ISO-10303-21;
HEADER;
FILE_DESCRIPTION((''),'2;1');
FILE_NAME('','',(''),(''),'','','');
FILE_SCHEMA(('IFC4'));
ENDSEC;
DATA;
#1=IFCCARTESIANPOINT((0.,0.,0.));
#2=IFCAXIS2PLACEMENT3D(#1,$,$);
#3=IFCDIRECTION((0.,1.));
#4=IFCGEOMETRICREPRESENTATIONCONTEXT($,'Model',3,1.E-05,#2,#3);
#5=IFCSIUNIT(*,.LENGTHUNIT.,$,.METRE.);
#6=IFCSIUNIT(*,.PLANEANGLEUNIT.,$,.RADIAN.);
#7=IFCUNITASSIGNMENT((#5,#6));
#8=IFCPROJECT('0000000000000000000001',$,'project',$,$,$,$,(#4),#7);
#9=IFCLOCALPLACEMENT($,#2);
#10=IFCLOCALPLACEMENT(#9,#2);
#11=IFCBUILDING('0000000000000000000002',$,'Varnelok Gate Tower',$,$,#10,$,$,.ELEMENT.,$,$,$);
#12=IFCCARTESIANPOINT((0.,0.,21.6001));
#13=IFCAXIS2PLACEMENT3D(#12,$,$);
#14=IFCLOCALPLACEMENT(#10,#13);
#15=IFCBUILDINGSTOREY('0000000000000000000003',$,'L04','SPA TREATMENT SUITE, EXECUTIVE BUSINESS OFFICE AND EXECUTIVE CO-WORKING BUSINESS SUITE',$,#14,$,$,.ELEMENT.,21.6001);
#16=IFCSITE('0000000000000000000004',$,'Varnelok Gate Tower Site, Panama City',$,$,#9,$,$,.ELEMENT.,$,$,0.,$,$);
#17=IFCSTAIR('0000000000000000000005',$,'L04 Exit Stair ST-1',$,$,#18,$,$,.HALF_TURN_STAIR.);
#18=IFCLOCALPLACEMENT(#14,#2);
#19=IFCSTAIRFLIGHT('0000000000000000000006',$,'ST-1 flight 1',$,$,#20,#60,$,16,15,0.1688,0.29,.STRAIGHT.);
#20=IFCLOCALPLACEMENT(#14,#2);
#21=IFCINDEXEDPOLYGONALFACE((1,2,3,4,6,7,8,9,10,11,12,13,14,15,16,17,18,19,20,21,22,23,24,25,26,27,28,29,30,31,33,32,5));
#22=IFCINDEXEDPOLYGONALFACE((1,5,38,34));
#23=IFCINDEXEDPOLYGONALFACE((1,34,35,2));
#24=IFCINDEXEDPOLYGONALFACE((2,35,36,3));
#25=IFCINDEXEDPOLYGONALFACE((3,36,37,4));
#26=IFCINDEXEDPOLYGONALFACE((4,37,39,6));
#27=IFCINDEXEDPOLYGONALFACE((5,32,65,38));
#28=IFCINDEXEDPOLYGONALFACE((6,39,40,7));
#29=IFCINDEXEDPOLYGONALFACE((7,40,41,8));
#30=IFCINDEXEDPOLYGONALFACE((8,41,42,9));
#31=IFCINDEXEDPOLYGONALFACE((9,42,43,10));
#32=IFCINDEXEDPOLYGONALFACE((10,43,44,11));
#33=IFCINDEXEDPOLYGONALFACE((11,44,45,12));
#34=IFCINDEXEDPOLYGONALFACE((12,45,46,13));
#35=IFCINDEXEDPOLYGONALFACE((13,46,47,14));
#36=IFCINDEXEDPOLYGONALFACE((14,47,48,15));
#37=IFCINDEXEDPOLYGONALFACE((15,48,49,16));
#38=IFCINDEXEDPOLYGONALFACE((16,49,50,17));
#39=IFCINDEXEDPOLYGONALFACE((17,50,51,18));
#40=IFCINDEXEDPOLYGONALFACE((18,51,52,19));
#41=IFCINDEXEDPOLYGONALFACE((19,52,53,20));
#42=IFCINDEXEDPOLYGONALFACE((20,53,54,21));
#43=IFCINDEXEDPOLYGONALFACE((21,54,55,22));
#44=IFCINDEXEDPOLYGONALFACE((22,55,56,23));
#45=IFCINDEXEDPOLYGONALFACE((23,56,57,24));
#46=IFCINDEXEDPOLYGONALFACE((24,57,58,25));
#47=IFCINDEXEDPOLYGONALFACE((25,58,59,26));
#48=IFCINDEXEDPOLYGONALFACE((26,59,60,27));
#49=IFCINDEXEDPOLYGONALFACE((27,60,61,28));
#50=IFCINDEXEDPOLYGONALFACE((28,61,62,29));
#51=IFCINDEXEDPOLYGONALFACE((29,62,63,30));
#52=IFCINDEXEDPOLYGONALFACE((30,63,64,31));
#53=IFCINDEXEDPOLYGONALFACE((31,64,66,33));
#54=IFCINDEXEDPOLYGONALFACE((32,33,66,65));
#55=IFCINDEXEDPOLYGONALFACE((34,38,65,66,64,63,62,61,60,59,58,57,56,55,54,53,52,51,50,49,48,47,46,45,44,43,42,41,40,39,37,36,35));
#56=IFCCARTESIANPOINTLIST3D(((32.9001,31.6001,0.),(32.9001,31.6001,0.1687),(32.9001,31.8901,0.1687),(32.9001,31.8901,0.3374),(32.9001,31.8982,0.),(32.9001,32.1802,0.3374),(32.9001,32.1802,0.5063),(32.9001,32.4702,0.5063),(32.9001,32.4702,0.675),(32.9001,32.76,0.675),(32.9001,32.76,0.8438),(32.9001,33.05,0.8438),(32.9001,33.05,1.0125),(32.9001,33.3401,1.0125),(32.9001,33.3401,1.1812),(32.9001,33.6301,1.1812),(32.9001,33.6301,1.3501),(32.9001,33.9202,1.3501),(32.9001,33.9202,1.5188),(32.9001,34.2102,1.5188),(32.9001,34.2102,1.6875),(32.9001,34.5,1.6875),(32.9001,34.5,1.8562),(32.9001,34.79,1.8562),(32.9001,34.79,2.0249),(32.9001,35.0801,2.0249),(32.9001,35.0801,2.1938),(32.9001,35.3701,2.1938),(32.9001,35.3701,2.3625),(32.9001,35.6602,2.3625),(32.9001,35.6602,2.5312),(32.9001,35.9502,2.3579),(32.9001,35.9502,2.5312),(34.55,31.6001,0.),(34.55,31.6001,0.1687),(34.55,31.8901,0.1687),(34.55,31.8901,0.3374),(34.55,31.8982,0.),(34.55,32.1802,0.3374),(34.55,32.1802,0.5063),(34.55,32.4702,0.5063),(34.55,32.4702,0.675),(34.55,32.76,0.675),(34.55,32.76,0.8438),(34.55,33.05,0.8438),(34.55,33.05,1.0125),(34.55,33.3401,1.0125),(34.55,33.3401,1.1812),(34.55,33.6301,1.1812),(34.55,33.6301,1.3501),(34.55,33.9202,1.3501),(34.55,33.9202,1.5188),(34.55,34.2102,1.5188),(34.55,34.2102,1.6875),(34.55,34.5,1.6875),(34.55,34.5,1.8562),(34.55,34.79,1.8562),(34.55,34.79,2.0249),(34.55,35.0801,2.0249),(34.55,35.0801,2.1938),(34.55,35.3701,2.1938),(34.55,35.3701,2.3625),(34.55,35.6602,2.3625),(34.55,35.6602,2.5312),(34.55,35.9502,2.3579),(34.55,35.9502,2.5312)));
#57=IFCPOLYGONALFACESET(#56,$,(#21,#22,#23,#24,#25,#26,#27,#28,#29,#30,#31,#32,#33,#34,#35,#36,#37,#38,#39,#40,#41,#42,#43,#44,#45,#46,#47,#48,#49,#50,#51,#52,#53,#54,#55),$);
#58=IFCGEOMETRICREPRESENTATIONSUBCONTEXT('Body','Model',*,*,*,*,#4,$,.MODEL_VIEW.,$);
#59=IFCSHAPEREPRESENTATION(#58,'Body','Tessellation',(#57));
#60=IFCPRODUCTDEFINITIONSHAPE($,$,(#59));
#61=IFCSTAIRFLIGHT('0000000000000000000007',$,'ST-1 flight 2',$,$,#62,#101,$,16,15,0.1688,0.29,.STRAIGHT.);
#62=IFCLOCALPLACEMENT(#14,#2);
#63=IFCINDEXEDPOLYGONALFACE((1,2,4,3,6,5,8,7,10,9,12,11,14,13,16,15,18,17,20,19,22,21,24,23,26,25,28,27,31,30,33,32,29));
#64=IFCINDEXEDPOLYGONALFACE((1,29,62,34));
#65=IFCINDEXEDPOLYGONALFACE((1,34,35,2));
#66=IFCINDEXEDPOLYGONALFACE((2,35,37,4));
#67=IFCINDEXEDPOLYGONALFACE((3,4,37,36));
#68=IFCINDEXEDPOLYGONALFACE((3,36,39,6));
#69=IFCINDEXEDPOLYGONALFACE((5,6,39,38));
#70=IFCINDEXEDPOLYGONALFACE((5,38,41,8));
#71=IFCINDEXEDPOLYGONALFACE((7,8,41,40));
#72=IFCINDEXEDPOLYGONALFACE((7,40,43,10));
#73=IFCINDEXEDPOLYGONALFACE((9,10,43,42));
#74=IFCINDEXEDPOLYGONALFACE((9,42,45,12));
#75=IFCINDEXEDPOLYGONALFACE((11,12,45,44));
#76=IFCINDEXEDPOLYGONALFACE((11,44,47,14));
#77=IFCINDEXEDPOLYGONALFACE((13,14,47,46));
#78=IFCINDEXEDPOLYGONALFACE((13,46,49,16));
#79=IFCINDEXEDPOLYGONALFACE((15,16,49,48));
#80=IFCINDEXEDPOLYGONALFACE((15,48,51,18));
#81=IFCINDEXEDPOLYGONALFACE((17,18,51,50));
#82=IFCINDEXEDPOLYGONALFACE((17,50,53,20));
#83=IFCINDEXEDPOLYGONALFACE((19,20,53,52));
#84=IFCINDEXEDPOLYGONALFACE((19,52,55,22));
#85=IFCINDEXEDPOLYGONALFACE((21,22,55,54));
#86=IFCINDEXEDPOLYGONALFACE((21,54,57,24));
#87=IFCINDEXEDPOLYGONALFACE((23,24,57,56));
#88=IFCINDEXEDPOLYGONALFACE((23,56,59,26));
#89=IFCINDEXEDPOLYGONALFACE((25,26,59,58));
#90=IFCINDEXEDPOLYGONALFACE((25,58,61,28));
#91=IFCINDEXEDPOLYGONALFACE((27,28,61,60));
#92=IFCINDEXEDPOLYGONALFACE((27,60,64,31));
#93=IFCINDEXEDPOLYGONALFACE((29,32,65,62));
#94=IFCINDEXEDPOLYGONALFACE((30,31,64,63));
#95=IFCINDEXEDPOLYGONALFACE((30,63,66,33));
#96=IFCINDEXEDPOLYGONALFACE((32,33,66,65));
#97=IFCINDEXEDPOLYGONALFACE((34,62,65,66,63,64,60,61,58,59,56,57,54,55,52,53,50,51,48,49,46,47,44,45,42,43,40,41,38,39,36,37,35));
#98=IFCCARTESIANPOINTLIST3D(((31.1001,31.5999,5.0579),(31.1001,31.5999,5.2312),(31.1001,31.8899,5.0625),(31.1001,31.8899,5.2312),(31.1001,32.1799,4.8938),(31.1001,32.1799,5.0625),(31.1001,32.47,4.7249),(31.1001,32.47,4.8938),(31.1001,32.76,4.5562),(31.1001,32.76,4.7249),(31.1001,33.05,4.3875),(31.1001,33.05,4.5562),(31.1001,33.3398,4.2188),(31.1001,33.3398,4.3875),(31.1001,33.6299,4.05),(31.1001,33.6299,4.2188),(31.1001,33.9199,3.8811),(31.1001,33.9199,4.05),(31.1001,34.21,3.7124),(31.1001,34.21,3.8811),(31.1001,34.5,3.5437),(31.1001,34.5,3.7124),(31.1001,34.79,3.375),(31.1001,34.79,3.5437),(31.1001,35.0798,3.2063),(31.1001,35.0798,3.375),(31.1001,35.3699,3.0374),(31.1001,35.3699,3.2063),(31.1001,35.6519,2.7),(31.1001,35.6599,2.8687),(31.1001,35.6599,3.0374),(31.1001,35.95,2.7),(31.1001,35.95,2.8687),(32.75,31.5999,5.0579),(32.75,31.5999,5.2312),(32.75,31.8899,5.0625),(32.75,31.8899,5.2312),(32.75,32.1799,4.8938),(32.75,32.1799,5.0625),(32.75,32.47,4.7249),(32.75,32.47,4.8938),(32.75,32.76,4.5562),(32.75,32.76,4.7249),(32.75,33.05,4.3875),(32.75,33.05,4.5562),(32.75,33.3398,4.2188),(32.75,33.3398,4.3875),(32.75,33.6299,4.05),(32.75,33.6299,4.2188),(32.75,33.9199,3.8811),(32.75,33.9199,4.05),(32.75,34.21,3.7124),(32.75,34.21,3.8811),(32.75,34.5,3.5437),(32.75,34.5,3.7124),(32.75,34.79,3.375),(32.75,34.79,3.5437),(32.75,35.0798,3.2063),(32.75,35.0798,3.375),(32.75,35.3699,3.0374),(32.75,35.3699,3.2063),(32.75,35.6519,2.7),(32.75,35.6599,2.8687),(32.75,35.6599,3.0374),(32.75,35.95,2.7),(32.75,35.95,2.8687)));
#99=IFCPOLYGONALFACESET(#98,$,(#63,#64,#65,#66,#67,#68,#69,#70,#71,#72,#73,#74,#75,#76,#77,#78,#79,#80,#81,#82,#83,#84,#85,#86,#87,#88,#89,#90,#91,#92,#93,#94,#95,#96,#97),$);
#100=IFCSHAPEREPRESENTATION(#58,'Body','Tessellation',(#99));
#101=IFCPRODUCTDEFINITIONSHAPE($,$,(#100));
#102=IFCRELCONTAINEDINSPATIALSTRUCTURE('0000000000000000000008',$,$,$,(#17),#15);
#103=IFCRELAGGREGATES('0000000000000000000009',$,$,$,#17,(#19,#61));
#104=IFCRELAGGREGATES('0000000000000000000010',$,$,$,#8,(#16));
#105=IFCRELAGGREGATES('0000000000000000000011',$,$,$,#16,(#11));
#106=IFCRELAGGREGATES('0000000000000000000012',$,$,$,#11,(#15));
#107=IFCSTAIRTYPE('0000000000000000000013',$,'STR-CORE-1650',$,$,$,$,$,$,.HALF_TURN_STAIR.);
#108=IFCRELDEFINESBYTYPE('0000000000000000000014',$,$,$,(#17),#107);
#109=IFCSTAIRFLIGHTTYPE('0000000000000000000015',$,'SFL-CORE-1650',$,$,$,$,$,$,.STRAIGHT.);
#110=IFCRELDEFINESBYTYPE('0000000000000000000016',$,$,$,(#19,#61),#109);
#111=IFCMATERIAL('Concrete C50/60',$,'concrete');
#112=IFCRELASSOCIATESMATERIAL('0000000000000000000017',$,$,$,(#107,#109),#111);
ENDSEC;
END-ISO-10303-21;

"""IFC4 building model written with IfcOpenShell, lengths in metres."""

from ifc_helpers import new_model, si_unit, direction, frame, origin, place, context, subcontext, project, spatial, polyline, outline, extrude, material, type_object, element, aggregate, save


model = new_model("IFC4")

# Units and contexts
model_context = context("Model", 3, precision=1e-05, world=origin(), true_north=direction((0.0, 1.0)))
body_context = subcontext(model_context, "Body", "Model", "MODEL_VIEW")
ifc_project = project(units=[si_unit("LENGTHUNIT", "METRE"), si_unit("PLANEANGLEUNIT", "RADIAN")], contexts=[model_context])

# Site, building, storey
site_placement = place(None, origin())
site = spatial("IfcSite", under=ifc_project, at=site_placement, Name="Varnelok Gate Tower Site, Panama City", CompositionType="ELEMENT", RefElevation=0.0)
building_placement = place(site_placement, origin())
building = spatial("IfcBuilding", under=site, at=building_placement, Name="Varnelok Gate Tower", CompositionType="ELEMENT")
storey_placement = place(building_placement, frame((0.0, 0.0, 21.6001)))
storey = spatial("IfcBuildingStorey", under=building, at=storey_placement, Name="L04", Description="SPA TREATMENT SUITE, EXECUTIVE BUSINESS OFFICE AND EXECUTIVE CO-WORKING BUSINESS SUITE", CompositionType="ELEMENT", Elevation=21.6001)

# Stair, stair flights
ifc_material_1 = material(Name="Concrete C50/60", Category="concrete")
stair_type = type_object("IfcStairType", Name="STR-CORE-1650", PredefinedType="HALF_TURN_STAIR", material=ifc_material_1)
stair_placement = place(storey_placement, origin())
stair = element("IfcStair", 1, at=stair_placement, inside=storey, type_object=stair_type, Name="L04 Exit Stair ST-1", PredefinedType="HALF_TURN_STAIR")
stair_flight_type = type_object("IfcStairFlightType", Name="SFL-CORE-1650", PredefinedType="STRAIGHT", material=ifc_material_1)
stair_flight_1_placement = place(storey_placement, frame((33.7251, 31.6001, 0.0), z_axis=(0.0, 0.0, 1.0), x_axis=(0.0, 1.0, 0.0)))
stair_flight_1 = element("IfcStairFlight", 2, at=stair_flight_1_placement, type_object=stair_flight_type, Name="ST-1 flight 1", NumberOfRisers=16, NumberOfTreads=15, PredefinedType="STRAIGHT", RiserHeight=0.1688, TreadLength=0.29, context=body_context, shape_type="SweptSolid", body=[
    extrude(outline(polyline([(0.0, 0.0), (0.0, 0.1687), (0.29, 0.1687), (0.29, 0.3374), (0.5801, 0.3374), (0.5801, 0.5063), (0.8701, 0.5063), (0.8701, 0.675), (1.1599, 0.675), (1.1599, 0.8438), (1.45, 0.8438), (1.45, 1.0125), (1.74, 1.0125), (1.74, 1.1812), (2.03, 1.1812), (2.03, 1.3501), (2.3201, 1.3501), (2.3201, 1.5188), (2.6101, 1.5188), (2.6101, 1.6875), (2.8999, 1.6875), (2.8999, 1.8562), (3.1899, 1.8562), (3.1899, 2.0249), (3.48, 2.0249), (3.48, 2.1938), (3.77, 2.1938), (3.77, 2.3625), (4.0601, 2.3625), (4.0601, 2.5312), (4.3501, 2.5312), (4.3501, 2.7), (4.3501, 2.3579), (0.2981, 0.0), (0.0, 0.0)])), frame((0.0, 0.825, 0.0), z_axis=(0.0, -1.0, 0.0), x_axis=(1.0, 0.0, 0.0)), (0.0, 0.0, 1.0), 1.6499),
])
stair_flight_2_placement = place(storey_placement, frame((31.925, 35.95, 2.7), z_axis=(0.0, 0.0, 1.0), x_axis=(0.0, -1.0, 0.0)))
stair_flight_2 = element("IfcStairFlight", 3, at=stair_flight_2_placement, type_object=stair_flight_type, Name="ST-1 flight 2", NumberOfRisers=16, NumberOfTreads=15, PredefinedType="STRAIGHT", RiserHeight=0.1688, TreadLength=0.29, context=body_context, shape_type="SweptSolid", body=[
    extrude(outline(polyline([(0.0, 0.0), (0.0, 0.1687), (0.29, 0.1687), (0.29, 0.3374), (0.5801, 0.3374), (0.5801, 0.5063), (0.8701, 0.5063), (0.8701, 0.675), (1.1599, 0.675), (1.1599, 0.8438), (1.45, 0.8438), (1.45, 1.0125), (1.74, 1.0125), (1.74, 1.1812), (2.03, 1.1812), (2.03, 1.3501), (2.3201, 1.3501), (2.3201, 1.5188), (2.6101, 1.5188), (2.6101, 1.6875), (2.8999, 1.6875), (2.8999, 1.8562), (3.1899, 1.8562), (3.1899, 2.0249), (3.48, 2.0249), (3.48, 2.1938), (3.77, 2.1938), (3.77, 2.3625), (4.0601, 2.3625), (4.0601, 2.5312), (4.3501, 2.5312), (4.3501, 2.7), (4.3501, 2.3579), (0.2981, 0.0), (0.0, 0.0)])), frame((0.0, 0.825, 0.0), z_axis=(0.0, -1.0, 0.0), x_axis=(1.0, 0.0, 0.0)), (0.0, 0.0, 1.0), 1.6499),
])
aggregate(stair, [stair_flight_1, stair_flight_2])

save(model, "model.ifc")
